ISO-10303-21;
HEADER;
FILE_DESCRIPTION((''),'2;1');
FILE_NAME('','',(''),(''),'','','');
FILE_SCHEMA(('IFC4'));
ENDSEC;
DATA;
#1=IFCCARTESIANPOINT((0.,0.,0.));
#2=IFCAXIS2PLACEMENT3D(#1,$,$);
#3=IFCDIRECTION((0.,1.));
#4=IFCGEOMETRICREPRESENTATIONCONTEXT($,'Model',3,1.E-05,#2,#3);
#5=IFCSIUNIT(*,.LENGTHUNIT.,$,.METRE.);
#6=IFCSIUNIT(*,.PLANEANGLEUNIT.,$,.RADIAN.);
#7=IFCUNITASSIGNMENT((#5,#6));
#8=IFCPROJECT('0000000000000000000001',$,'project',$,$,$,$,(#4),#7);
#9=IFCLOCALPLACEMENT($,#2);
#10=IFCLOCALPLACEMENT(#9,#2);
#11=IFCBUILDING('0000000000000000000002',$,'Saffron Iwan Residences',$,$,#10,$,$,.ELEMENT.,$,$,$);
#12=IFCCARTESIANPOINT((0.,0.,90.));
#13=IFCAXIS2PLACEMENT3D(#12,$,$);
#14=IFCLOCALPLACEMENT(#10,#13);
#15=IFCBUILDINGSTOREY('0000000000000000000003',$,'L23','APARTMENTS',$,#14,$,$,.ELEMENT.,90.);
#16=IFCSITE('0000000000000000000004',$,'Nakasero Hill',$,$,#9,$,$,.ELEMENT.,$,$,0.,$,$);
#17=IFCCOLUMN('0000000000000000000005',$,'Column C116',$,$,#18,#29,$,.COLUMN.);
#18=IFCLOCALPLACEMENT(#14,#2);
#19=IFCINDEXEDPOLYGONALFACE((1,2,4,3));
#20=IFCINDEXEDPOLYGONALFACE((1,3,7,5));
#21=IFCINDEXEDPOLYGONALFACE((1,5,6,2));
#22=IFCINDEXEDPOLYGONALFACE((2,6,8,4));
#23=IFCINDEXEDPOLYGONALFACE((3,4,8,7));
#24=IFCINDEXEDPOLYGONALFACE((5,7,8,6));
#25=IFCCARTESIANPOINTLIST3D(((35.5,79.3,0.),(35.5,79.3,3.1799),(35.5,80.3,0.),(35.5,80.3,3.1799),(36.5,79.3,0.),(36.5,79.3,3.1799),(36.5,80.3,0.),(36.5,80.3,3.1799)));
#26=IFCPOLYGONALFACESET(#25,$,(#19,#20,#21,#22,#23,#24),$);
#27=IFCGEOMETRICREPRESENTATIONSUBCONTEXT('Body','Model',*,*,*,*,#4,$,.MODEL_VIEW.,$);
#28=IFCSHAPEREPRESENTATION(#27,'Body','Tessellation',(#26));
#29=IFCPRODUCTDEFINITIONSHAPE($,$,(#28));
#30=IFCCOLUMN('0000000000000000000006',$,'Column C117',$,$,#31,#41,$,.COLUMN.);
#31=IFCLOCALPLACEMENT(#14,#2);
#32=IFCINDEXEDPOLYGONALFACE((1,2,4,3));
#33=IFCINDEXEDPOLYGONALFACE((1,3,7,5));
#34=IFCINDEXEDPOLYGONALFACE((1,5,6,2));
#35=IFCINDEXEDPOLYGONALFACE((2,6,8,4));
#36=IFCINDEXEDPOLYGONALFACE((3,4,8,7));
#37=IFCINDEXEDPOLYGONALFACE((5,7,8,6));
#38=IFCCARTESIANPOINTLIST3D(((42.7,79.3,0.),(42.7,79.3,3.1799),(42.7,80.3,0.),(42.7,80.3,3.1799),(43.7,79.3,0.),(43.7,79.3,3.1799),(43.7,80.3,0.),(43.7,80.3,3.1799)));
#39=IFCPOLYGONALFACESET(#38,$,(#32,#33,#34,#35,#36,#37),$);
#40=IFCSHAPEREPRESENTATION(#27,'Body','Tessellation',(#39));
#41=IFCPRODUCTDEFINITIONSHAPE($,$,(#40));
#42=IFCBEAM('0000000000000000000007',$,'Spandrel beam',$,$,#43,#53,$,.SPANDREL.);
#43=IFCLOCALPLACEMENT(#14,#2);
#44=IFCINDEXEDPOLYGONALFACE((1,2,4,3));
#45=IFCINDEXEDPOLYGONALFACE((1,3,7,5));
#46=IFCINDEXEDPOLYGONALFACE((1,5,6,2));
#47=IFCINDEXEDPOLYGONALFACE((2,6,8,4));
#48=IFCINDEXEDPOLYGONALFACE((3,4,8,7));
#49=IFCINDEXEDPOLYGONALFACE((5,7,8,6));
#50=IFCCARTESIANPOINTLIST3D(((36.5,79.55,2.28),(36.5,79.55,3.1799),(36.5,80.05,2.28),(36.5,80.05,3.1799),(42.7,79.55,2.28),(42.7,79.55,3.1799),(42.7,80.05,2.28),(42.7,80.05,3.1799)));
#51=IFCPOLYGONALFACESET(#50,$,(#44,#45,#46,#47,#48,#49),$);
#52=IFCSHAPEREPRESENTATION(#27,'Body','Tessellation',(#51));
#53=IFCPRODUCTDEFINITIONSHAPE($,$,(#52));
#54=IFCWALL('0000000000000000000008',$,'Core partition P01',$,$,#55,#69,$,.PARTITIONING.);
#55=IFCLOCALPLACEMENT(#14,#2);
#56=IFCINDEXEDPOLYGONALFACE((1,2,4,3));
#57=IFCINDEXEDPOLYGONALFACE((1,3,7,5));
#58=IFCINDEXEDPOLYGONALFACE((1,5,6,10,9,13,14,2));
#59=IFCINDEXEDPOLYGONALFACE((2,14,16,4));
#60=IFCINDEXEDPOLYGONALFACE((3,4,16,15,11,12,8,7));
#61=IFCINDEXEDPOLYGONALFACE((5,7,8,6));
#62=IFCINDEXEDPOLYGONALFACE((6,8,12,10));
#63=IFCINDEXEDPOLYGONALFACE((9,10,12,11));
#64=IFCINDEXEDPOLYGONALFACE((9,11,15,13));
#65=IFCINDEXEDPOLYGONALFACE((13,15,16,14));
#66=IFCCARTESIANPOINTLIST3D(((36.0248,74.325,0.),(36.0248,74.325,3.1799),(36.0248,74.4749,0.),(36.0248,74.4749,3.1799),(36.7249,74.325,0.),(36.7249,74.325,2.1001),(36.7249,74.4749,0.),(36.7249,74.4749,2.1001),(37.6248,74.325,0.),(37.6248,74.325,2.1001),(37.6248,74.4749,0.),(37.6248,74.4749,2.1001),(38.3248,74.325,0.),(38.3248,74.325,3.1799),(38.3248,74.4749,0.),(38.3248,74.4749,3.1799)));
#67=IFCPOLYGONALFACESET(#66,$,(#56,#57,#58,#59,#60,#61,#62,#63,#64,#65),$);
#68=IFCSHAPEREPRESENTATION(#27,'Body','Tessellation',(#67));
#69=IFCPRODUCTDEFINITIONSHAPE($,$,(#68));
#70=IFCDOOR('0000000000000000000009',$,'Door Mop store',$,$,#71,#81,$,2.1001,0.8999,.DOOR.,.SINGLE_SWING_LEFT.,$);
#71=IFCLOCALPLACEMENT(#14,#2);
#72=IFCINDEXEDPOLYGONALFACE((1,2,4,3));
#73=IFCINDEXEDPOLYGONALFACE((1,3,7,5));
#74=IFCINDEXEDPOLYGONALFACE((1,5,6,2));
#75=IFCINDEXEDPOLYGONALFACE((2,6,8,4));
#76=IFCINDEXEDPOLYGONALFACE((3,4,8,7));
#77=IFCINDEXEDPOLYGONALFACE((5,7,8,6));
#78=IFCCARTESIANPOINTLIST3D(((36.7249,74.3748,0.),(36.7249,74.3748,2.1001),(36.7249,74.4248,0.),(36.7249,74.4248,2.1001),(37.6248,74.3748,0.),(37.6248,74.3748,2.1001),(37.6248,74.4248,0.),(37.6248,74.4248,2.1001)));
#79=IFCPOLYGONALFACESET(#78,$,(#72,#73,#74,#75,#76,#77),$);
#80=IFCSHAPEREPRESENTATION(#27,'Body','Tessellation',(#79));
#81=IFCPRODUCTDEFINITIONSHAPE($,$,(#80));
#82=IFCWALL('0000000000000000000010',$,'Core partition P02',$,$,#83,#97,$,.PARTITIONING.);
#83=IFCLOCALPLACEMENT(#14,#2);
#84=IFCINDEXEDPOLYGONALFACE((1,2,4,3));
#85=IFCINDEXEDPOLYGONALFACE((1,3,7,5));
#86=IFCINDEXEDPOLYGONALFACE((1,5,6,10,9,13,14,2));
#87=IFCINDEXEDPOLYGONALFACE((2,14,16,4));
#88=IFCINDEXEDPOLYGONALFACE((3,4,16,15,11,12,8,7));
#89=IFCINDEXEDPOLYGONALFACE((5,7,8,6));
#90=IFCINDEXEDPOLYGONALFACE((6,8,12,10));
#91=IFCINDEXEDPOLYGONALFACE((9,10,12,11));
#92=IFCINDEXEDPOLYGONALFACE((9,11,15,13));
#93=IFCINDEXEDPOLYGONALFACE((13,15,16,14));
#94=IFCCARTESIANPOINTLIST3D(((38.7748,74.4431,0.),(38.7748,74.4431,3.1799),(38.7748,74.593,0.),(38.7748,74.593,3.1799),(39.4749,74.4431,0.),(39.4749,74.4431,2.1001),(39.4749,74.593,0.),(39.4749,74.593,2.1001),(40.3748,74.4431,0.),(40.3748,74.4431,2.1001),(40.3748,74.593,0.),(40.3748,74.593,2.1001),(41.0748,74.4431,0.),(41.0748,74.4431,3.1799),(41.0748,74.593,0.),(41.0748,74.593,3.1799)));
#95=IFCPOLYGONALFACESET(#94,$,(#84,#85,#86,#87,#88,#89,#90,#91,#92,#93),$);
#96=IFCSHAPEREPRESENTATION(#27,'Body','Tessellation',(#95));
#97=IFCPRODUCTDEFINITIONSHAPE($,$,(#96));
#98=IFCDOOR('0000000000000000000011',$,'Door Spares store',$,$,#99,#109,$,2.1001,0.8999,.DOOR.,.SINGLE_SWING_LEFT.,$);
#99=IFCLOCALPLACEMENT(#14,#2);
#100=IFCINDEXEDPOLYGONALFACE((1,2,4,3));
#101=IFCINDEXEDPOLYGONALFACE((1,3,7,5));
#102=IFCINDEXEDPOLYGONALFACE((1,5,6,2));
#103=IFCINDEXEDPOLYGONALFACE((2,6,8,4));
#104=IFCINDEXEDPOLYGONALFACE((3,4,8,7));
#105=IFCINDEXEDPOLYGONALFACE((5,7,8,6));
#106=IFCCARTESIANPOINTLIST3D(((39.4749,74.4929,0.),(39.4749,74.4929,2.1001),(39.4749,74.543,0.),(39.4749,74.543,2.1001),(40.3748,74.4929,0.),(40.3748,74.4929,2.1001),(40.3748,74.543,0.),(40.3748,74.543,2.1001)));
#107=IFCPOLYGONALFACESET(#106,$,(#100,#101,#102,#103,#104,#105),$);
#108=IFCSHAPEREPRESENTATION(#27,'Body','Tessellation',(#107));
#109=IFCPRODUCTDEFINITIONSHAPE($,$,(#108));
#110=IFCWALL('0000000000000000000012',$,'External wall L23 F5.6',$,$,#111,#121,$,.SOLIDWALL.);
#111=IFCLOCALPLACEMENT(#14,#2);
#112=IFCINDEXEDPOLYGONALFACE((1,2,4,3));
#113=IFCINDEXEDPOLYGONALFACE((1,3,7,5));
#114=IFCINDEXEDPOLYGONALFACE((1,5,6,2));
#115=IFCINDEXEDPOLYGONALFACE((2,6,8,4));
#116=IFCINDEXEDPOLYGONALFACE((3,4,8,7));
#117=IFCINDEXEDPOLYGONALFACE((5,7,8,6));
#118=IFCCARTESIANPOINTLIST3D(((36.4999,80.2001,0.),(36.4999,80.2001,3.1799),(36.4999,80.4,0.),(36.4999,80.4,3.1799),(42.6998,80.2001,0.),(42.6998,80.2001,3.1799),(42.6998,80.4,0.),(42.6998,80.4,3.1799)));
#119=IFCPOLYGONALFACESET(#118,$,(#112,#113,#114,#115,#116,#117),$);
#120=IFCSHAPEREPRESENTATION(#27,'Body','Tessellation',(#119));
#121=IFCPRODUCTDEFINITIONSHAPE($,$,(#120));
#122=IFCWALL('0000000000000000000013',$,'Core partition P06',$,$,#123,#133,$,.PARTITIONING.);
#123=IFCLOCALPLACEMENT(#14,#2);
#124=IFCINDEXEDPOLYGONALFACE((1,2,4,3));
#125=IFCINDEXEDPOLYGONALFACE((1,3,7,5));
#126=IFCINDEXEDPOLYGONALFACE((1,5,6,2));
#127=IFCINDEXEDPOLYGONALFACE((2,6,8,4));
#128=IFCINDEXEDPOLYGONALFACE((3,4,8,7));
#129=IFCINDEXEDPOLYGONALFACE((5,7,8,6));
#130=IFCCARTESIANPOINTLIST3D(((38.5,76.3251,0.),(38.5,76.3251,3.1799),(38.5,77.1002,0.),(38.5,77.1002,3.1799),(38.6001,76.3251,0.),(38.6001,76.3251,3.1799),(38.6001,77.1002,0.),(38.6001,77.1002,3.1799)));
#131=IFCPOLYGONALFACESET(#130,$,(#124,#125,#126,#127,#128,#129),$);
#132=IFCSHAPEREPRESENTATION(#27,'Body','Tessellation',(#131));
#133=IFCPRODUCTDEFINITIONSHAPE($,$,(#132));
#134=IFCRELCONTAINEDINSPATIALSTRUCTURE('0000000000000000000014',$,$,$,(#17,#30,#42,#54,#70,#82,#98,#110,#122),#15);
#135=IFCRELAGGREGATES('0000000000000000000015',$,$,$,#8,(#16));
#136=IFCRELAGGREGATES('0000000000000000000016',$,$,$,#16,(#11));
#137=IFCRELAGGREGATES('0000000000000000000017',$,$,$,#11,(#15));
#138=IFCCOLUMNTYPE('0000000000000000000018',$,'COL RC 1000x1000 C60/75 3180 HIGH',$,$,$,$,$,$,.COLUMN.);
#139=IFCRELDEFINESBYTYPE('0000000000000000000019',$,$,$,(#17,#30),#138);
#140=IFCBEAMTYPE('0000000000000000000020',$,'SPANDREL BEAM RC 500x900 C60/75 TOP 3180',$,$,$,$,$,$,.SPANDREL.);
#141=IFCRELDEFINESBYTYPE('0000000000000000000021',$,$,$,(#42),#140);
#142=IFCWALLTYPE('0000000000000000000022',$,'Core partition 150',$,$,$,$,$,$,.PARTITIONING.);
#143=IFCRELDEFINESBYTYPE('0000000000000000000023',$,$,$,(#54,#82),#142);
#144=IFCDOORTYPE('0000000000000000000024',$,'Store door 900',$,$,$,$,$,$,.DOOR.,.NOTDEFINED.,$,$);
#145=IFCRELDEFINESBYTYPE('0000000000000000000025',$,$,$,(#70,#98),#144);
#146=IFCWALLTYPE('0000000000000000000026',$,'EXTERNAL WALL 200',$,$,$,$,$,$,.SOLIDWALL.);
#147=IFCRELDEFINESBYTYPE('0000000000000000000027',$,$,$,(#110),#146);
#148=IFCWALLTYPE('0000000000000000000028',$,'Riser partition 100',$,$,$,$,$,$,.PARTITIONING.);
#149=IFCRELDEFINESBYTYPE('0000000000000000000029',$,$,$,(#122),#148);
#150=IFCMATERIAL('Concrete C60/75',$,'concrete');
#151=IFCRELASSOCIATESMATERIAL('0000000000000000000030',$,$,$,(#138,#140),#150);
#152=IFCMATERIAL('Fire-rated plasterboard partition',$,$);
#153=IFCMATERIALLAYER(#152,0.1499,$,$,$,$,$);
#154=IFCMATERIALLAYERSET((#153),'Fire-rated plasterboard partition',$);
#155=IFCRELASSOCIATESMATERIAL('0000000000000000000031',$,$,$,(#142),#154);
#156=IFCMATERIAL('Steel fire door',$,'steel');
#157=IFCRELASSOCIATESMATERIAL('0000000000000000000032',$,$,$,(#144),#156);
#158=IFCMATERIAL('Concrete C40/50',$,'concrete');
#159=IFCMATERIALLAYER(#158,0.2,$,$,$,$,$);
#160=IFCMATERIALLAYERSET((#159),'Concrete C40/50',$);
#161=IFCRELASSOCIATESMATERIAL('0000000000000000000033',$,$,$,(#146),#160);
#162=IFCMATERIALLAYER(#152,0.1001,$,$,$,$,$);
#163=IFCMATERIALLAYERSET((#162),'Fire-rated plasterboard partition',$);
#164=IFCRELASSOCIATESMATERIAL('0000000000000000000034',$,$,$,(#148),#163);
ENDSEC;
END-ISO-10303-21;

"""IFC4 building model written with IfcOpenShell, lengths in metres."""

from ifc_helpers import new_model, si_unit, direction, frame, frame_2d, origin, origin_2d, place, context, subcontext, project, spatial, rectangle, extrude, source, transform, mapped, material, layer, layer_set, material_profile, profile_set, type_object, element, fill, save


model = new_model("IFC4")

# Units and contexts
model_context = context("Model", 3, precision=1e-05, world=origin(), true_north=direction((0.0, 1.0)))
body_context = subcontext(model_context, "Body", "Model", "MODEL_VIEW")
ifc_project = project(units=[si_unit("LENGTHUNIT", "METRE"), si_unit("PLANEANGLEUNIT", "RADIAN")], contexts=[model_context])

# Site, building, storey
site_placement = place(None, origin())
site = spatial("IfcSite", under=ifc_project, at=site_placement, Name="Nakasero Hill", CompositionType="ELEMENT", RefElevation=0.0)
building_placement = place(site_placement, origin())
building = spatial("IfcBuilding", under=site, at=building_placement, Name="Saffron Iwan Residences", CompositionType="ELEMENT")
storey_placement = place(building_placement, frame((0.0, 0.0, 90.0)))
storey = spatial("IfcBuildingStorey", under=building, at=storey_placement, Name="L23", Description="APARTMENTS", CompositionType="ELEMENT", Elevation=90.0)

# Columns
ifc_material_1 = material(Name="Concrete C60/75", Category="concrete")
ifc_material_profile_1 = material_profile(ifc_material_1, rectangle(XDim=1.0, YDim=1.0, at=origin_2d()), Name="RC 1000x1000")
ifc_profile_set_1 = profile_set([ifc_material_profile_1], Name="Concrete C60/75")
column_type = type_object("IfcColumnType", Name="COL RC 1000x1000 C60/75 3180 HIGH", PredefinedType="COLUMN", material=ifc_profile_set_1)
shared_shape_1 = source(origin(), body_context, "Body", "SweptSolid", [
    extrude(rectangle(XDim=1.0, YDim=1.0, at=origin_2d()), origin(), (0.0, 0.0, 1.0), 3.1799),
])
for number, where, z_axis, x_axis, name in (
    (1, (36.0, 79.8, 0.0), (0.0, 0.0, 1.0), (1.0, 0.0, 0.0), "Column C116"),
    (2, (43.2, 79.8, 0.0), (0.0, 0.0, 1.0), (1.0, 0.0, 0.0), "Column C117"),
):
    element("IfcColumn", number, at=place(storey_placement, frame(where, z_axis=z_axis, x_axis=x_axis)), inside=storey, type_object=column_type, Name=name, PredefinedType="COLUMN", context=body_context, shape_type="MappedRepresentation", body=[
        mapped(shared_shape_1, transform((0.0, 0.0, 0.0))),
    ])

# Beam
ifc_material_profile_2 = material_profile(ifc_material_1, rectangle(XDim=0.5, YDim=0.8999, at=origin_2d()), Name="RC 500x900")
ifc_profile_set_2 = profile_set([ifc_material_profile_2], Name="Concrete C60/75")
beam_type = type_object("IfcBeamType", Name="SPANDREL BEAM RC 500x900 C60/75 TOP 3180", PredefinedType="SPANDREL", material=ifc_profile_set_2)
shared_shape_2 = source(origin(), body_context, "Body", "SweptSolid", [
    extrude(rectangle(XDim=0.5, YDim=0.8999, at=origin_2d()), origin(), (0.0, 0.0, 1.0), 6.2),
])
beam_placement = place(storey_placement, frame((36.5, 79.8, 2.73), z_axis=(1.0, 0.0, 0.0), x_axis=(0.0, 1.0, 0.0)))
element("IfcBeam", 3, at=beam_placement, inside=storey, type_object=beam_type, Name="Spandrel beam", PredefinedType="SPANDREL", context=body_context, shape_type="MappedRepresentation", body=[
    mapped(shared_shape_2, transform((0.0, 0.0, 0.0))),
])

# Walls, openings, doors
ifc_material_2 = material(Name="Fire-rated plasterboard partition")
ifc_layer_1 = layer(ifc_material_2, 0.1499)
ifc_layer_set_1 = layer_set([ifc_layer_1], Name="Fire-rated plasterboard partition")
wall_type_1 = type_object("IfcWallType", Name="Core partition 150", PredefinedType="PARTITIONING", material=ifc_layer_set_1)
wall_1_placement = place(storey_placement, frame((36.0249, 74.3999, 0.0), z_axis=(0.0, 0.0, 1.0), x_axis=(1.0, 0.0, 0.0)))
wall_1 = element("IfcWall", 4, at=wall_1_placement, inside=storey, type_object=wall_type_1, Name="Core partition P01", PredefinedType="PARTITIONING", context=body_context, shape_type="SweptSolid", body=[
    extrude(rectangle(XDim=2.3, YDim=0.1499, at=frame_2d((1.1499, 0.0))), origin(), (0.0, 0.0, 1.0), 3.1799),
])
opening_1_placement = place(wall_1_placement, frame((0.7, 0.0, 0.0)))
opening_1 = element("IfcOpeningElement", 5, at=opening_1_placement, cuts=wall_1, PredefinedType="OPENING", context=body_context, shape_type="SweptSolid", body=[
    extrude(rectangle(XDim=0.8999, YDim=2.1001, at=frame_2d((0.45, 1.05))), frame((0.0, 0.085, 0.0), z_axis=(0.0, -1.0, 0.0), x_axis=(1.0, 0.0, 0.0)), (0.0, 0.0, 1.0), 0.1699),
])
ifc_material_3 = material(Name="Steel fire door", Category="steel")
door_type_1 = type_object("IfcDoorType", Name="Store door 900", OperationType="NOTDEFINED", PredefinedType="DOOR", material=ifc_material_3)
door_1_placement = place(opening_1_placement, origin())
door_1 = element("IfcDoor", 6, at=door_1_placement, inside=storey, type_object=door_type_1, Name="Door Mop store", OperationType="SINGLE_SWING_LEFT", OverallHeight=2.1001, OverallWidth=0.8999, PredefinedType="DOOR", context=body_context, shape_type="SweptSolid", body=[
    extrude(rectangle(XDim=0.8999, YDim=2.1001, at=frame_2d((0.45, 1.05))), frame((0.0, 0.0249, 0.0), z_axis=(0.0, -1.0, 0.0), x_axis=(1.0, 0.0, 0.0)), (0.0, 0.0, 1.0), 0.05),
])
fill(opening_1, door_1)
wall_2_placement = place(storey_placement, frame((38.7749, 74.5181, 0.0), z_axis=(0.0, 0.0, 1.0), x_axis=(1.0, 0.0, 0.0)))
wall_2 = element("IfcWall", 7, at=wall_2_placement, inside=storey, type_object=wall_type_1, Name="Core partition P02", PredefinedType="PARTITIONING", context=body_context, shape_type="SweptSolid", body=[
    extrude(rectangle(XDim=2.3, YDim=0.1499, at=frame_2d((1.1499, 0.0))), origin(), (0.0, 0.0, 1.0), 3.1799),
])
opening_2_placement = place(wall_2_placement, frame((0.7, 0.0, 0.0)))
opening_2 = element("IfcOpeningElement", 8, at=opening_2_placement, cuts=wall_2, PredefinedType="OPENING", context=body_context, shape_type="SweptSolid", body=[
    extrude(rectangle(XDim=0.8999, YDim=2.1001, at=frame_2d((0.45, 1.05))), frame((0.0, 0.085, 0.0), z_axis=(0.0, -1.0, 0.0), x_axis=(1.0, 0.0, 0.0)), (0.0, 0.0, 1.0), 0.1699),
])
door_2_placement = place(opening_2_placement, origin())
door_2 = element("IfcDoor", 9, at=door_2_placement, inside=storey, type_object=door_type_1, Name="Door Spares store", OperationType="SINGLE_SWING_LEFT", OverallHeight=2.1001, OverallWidth=0.8999, PredefinedType="DOOR", context=body_context, shape_type="SweptSolid", body=[
    extrude(rectangle(XDim=0.8999, YDim=2.1001, at=frame_2d((0.45, 1.05))), frame((0.0, 0.0249, 0.0), z_axis=(0.0, -1.0, 0.0), x_axis=(1.0, 0.0, 0.0)), (0.0, 0.0, 1.0), 0.05),
])
fill(opening_2, door_2)

# Walls
ifc_material_4 = material(Name="Concrete C40/50", Category="concrete")
ifc_layer_2 = layer(ifc_material_4, 0.2)
ifc_layer_set_2 = layer_set([ifc_layer_2], Name="Concrete C40/50")
wall_type_2 = type_object("IfcWallType", Name="EXTERNAL WALL 200", PredefinedType="SOLIDWALL", material=ifc_layer_set_2)
wall_3_placement = place(storey_placement, frame((42.7, 80.3, 0.0), z_axis=(0.0, 0.0, 1.0), x_axis=(-1.0, 0.0, 0.0)))
element("IfcWall", 10, at=wall_3_placement, inside=storey, type_object=wall_type_2, Name="External wall L23 F5.6", PredefinedType="SOLIDWALL", context=body_context, shape_type="SweptSolid", body=[
    extrude(rectangle(XDim=6.2, YDim=0.2, at=frame_2d((3.1001, 0.0))), origin(), (0.0, 0.0, 1.0), 3.1799),
])
ifc_layer_3 = layer(ifc_material_2, 0.1001)
ifc_layer_set_3 = layer_set([ifc_layer_3], Name="Fire-rated plasterboard partition")
wall_type_3 = type_object("IfcWallType", Name="Riser partition 100", PredefinedType="PARTITIONING", material=ifc_layer_set_3)
wall_4_placement = place(storey_placement, frame((38.55, 76.325, 0.0), z_axis=(0.0, 0.0, 1.0), x_axis=(0.0, 1.0, 0.0)))
element("IfcWall", 11, at=wall_4_placement, inside=storey, type_object=wall_type_3, Name="Core partition P06", PredefinedType="PARTITIONING", context=body_context, shape_type="SweptSolid", body=[
    extrude(rectangle(XDim=0.7751, YDim=0.1001, at=frame_2d((0.3877, 0.0))), origin(), (0.0, 0.0, 1.0), 3.1799),
])

save(model, "model.ifc")
